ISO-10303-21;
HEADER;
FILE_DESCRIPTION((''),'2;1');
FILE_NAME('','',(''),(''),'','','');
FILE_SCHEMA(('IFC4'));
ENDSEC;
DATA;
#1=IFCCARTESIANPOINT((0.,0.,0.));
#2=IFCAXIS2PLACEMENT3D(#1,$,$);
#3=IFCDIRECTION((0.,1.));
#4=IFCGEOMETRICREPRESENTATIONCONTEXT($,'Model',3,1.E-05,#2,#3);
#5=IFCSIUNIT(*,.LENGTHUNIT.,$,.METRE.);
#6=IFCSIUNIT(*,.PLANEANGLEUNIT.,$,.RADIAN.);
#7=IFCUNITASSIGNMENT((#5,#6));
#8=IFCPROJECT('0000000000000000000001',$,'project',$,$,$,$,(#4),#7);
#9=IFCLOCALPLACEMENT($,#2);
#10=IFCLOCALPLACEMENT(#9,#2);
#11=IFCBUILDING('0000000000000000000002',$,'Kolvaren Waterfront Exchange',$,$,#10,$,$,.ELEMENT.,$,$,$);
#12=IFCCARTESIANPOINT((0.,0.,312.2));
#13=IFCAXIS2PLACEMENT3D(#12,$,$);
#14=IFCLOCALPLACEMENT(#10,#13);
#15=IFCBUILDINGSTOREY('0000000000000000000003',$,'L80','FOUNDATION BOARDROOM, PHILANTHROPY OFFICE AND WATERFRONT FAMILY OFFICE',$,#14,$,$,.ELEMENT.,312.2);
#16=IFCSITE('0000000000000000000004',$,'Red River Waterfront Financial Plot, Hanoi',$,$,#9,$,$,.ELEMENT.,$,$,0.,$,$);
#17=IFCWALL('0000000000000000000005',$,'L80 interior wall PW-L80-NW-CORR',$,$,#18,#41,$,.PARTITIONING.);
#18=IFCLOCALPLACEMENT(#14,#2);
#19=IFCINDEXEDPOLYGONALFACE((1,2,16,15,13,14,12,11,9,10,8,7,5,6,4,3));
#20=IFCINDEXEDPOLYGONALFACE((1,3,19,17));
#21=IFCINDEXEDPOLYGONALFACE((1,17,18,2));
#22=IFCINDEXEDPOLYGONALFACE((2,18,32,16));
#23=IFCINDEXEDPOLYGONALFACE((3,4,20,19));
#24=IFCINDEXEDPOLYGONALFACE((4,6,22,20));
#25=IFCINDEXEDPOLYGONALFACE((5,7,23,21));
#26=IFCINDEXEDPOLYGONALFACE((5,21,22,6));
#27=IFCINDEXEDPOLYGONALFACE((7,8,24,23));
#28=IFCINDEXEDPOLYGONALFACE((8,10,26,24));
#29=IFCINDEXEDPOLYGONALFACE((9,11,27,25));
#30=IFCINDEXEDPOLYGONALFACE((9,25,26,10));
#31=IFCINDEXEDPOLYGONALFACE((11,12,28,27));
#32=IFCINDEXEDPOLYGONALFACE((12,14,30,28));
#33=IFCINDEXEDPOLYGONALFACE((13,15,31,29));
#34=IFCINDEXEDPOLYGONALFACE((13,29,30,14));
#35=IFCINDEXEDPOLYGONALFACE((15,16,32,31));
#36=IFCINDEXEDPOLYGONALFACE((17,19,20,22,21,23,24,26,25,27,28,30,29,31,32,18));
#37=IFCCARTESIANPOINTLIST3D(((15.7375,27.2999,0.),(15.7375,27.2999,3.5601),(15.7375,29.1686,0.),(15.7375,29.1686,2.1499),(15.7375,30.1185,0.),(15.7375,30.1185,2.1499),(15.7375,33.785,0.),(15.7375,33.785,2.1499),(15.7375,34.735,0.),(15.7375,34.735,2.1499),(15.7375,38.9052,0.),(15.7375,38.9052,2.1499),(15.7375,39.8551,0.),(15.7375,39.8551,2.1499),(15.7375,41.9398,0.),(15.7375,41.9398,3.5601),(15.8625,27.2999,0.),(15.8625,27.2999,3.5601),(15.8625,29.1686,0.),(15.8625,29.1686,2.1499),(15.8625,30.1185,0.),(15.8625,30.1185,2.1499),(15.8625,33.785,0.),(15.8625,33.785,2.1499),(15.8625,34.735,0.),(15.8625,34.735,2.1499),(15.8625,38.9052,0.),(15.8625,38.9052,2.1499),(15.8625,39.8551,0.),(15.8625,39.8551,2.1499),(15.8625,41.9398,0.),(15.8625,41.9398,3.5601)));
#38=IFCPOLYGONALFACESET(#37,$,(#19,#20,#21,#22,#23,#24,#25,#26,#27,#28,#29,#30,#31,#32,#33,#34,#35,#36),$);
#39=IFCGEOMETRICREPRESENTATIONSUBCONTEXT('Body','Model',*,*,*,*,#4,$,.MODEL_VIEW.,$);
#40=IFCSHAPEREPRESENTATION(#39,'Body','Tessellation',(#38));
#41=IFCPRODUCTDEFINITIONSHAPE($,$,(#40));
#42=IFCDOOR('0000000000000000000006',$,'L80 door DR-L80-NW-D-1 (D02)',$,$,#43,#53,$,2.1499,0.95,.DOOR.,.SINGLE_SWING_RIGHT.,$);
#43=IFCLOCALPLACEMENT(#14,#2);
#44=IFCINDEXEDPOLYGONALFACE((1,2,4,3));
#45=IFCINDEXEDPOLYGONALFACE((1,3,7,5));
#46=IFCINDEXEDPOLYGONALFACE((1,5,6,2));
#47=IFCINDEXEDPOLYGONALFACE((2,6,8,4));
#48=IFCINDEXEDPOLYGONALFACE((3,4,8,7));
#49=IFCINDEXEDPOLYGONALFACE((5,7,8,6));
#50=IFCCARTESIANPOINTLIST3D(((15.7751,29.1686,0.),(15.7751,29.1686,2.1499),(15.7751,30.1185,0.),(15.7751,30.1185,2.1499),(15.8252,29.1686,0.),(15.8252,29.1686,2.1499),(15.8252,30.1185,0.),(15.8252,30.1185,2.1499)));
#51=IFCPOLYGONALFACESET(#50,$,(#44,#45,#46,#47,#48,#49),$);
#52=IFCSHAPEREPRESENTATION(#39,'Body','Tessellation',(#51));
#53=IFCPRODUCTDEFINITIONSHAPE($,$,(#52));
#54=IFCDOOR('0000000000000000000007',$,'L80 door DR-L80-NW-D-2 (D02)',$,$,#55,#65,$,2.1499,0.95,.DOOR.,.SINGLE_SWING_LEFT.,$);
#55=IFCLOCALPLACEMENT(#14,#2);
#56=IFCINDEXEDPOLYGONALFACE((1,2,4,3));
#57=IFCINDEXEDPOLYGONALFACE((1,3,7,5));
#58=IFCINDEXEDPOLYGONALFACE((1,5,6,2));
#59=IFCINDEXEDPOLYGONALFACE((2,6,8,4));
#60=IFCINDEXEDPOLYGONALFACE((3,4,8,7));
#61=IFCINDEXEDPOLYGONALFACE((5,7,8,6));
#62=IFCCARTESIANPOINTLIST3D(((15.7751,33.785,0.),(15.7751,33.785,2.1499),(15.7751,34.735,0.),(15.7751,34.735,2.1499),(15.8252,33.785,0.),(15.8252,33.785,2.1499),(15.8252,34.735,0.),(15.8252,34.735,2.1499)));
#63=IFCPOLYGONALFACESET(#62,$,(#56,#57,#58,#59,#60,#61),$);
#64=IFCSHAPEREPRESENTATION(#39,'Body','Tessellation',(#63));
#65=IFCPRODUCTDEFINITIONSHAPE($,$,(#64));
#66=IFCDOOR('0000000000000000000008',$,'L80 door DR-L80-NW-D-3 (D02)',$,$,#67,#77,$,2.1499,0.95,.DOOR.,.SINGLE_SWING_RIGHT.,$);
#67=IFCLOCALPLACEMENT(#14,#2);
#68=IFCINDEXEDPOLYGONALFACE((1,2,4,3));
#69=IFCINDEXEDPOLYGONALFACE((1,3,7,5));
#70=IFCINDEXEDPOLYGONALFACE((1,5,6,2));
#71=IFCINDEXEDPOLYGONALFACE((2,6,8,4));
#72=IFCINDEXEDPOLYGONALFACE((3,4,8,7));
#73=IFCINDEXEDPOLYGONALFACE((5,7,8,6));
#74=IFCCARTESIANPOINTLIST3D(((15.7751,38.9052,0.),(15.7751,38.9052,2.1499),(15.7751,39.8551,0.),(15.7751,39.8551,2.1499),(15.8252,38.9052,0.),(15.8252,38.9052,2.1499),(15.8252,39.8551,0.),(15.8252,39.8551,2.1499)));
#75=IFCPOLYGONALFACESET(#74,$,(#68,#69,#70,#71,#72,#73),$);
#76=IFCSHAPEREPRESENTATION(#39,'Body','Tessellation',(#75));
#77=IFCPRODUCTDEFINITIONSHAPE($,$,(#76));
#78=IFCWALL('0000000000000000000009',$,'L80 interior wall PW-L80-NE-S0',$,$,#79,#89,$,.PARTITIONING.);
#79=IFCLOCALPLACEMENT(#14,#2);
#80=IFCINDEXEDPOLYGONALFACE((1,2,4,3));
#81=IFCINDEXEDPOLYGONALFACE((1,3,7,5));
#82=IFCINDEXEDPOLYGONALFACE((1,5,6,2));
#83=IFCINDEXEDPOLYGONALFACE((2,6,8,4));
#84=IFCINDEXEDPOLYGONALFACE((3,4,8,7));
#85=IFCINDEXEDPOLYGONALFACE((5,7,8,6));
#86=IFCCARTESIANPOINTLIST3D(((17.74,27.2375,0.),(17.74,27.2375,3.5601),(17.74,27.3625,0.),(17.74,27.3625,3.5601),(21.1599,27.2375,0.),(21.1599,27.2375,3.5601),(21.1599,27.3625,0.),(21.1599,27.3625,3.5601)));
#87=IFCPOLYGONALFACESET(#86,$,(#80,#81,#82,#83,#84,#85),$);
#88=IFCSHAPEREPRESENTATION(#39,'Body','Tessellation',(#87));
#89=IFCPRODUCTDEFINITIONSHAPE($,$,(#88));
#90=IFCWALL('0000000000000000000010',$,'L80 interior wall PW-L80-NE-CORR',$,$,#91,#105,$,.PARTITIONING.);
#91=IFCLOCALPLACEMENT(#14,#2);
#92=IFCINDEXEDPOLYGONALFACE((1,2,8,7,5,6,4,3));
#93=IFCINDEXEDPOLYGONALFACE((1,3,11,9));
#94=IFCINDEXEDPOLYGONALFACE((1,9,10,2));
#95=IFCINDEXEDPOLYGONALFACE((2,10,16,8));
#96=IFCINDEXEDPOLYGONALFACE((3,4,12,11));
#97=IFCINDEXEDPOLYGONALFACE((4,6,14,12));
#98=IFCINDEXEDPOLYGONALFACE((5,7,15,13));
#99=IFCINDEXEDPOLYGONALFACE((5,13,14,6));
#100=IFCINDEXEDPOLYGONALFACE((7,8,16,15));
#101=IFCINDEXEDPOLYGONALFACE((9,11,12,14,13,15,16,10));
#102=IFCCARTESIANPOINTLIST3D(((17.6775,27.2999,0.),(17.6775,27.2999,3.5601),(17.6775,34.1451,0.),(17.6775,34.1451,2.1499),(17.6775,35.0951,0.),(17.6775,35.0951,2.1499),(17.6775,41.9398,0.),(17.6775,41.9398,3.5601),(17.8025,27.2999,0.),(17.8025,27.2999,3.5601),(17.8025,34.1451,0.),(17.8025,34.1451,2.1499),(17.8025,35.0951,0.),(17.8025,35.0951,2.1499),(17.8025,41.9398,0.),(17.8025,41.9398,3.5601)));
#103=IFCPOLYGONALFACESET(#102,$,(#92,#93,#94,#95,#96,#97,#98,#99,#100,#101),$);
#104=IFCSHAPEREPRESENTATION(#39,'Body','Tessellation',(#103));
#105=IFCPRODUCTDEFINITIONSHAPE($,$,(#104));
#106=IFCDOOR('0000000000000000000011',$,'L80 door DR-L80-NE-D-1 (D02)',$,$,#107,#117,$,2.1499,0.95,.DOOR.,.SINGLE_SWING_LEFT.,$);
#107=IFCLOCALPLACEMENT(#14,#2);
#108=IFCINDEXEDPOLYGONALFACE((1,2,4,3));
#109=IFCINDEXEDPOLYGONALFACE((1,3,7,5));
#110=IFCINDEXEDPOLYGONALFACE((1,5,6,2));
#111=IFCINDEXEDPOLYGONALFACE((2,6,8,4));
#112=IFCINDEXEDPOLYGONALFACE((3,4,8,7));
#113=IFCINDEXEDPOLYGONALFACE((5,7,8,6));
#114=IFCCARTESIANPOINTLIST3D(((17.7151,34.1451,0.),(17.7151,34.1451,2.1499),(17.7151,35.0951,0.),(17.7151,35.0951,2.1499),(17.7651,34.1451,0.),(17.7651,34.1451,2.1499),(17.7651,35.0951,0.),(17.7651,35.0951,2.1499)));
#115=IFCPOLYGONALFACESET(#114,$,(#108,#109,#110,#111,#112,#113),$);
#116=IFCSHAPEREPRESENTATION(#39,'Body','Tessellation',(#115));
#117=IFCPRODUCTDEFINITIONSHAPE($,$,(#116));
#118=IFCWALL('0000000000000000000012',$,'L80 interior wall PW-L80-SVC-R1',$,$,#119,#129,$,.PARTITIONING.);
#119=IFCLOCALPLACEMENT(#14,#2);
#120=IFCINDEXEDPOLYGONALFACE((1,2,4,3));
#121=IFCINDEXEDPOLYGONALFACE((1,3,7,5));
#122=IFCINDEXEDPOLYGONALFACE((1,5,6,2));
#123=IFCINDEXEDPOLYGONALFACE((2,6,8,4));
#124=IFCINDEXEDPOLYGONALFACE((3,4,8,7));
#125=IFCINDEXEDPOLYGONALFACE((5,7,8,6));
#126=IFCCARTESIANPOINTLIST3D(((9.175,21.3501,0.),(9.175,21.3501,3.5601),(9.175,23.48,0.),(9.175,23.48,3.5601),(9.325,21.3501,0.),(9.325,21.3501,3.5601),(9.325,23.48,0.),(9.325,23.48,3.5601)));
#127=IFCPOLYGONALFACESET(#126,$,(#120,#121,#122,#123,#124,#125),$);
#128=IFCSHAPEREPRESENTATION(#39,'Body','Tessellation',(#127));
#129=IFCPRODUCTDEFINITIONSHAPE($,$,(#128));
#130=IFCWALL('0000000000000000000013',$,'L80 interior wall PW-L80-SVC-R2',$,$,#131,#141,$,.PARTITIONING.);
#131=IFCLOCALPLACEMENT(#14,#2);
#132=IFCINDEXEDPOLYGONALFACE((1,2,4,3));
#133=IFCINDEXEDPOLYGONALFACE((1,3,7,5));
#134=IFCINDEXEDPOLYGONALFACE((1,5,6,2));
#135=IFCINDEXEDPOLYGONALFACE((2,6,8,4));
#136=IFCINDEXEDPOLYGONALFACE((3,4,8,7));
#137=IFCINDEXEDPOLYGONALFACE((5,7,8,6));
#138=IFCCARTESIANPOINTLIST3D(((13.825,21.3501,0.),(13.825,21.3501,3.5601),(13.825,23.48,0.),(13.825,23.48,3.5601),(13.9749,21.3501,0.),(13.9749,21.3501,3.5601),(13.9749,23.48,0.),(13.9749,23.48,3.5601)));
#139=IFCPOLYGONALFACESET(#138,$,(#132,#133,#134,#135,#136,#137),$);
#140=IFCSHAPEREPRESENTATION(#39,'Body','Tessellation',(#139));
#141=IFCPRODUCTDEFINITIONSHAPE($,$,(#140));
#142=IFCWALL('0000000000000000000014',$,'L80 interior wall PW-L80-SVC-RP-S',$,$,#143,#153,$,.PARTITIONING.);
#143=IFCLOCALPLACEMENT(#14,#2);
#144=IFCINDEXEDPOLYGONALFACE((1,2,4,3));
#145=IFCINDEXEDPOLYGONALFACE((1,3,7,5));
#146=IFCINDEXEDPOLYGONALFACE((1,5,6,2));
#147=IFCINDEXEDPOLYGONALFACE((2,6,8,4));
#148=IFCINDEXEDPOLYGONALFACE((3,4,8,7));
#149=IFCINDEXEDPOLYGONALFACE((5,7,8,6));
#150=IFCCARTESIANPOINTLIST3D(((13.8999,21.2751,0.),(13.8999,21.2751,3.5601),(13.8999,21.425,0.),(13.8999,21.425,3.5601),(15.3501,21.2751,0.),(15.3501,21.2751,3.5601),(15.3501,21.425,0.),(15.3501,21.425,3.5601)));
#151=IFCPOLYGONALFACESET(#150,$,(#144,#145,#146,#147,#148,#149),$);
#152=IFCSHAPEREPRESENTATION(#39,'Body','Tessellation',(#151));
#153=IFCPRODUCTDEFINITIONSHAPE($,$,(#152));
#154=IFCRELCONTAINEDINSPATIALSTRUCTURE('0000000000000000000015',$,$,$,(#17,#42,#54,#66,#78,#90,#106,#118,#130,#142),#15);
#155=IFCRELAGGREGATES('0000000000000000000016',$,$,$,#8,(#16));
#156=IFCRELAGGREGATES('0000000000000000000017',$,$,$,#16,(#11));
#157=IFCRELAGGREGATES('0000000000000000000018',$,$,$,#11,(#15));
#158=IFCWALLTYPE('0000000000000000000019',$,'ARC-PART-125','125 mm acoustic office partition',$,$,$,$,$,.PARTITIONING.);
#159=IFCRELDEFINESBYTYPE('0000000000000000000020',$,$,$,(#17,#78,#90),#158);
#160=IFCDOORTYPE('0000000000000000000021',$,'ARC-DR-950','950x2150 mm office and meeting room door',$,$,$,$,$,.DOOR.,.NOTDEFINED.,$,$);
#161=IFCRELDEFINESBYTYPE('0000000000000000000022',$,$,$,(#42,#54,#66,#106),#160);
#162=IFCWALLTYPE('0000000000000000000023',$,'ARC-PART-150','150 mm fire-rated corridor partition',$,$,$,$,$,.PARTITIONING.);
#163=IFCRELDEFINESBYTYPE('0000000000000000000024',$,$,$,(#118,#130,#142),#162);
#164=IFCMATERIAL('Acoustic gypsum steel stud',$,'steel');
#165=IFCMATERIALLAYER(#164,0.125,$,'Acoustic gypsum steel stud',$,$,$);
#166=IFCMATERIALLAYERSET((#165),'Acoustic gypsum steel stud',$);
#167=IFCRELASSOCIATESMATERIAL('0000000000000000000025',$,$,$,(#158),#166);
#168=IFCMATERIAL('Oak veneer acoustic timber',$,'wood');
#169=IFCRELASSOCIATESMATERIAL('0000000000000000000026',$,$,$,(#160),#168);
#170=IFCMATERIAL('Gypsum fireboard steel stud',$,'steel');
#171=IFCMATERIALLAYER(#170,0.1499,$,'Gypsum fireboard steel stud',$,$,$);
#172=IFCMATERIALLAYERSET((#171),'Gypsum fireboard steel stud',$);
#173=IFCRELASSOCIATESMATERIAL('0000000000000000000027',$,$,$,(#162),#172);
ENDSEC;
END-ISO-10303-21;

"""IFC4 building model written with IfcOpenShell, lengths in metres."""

from ifc_helpers import new_model, si_unit, direction, frame, frame_2d, origin, place, context, subcontext, project, spatial, rectangle, extrude, material, layer, layer_set, type_object, element, fill, save


model = new_model("IFC4")

# Units and contexts
model_context = context("Model", 3, precision=1e-05, world=origin(), true_north=direction((0.0, 1.0)))
body_context = subcontext(model_context, "Body", "Model", "MODEL_VIEW")
ifc_project = project(units=[si_unit("LENGTHUNIT", "METRE"), si_unit("PLANEANGLEUNIT", "RADIAN")], contexts=[model_context])

# Site, building, storey
site_placement = place(None, origin())
site = spatial("IfcSite", under=ifc_project, at=site_placement, Name="Red River Waterfront Financial Plot, Hanoi", CompositionType="ELEMENT", RefElevation=0.0)
building_placement = place(site_placement, origin())
building = spatial("IfcBuilding", under=site, at=building_placement, Name="Kolvaren Waterfront Exchange", CompositionType="ELEMENT")
storey_placement = place(building_placement, frame((0.0, 0.0, 312.2)))
storey = spatial("IfcBuildingStorey", under=building, at=storey_placement, Name="L80", Description="FOUNDATION BOARDROOM, PHILANTHROPY OFFICE AND WATERFRONT FAMILY OFFICE", CompositionType="ELEMENT", Elevation=312.2)

# Shared definitions
ifc_material_1 = material(Name="Acoustic gypsum steel stud", Category="steel")
ifc_layer_1 = layer(ifc_material_1, 0.125, Name="Acoustic gypsum steel stud")
ifc_layer_set_1 = layer_set([ifc_layer_1], Name="Acoustic gypsum steel stud")
wall_type_1 = type_object("IfcWallType", Name="ARC-PART-125", Description="125 mm acoustic office partition", PredefinedType="PARTITIONING", material=ifc_layer_set_1)

# Wall, openings, doors
wall_1_placement = place(storey_placement, frame((15.8, 27.3, 0.0), z_axis=(0.0, 0.0, 1.0), x_axis=(0.0, 1.0, 0.0)))
wall_1 = element("IfcWall", 1, at=wall_1_placement, inside=storey, type_object=wall_type_1, Name="L80 interior wall PW-L80-NW-CORR", PredefinedType="PARTITIONING", context=body_context, shape_type="SweptSolid", body=[
    extrude(rectangle(XDim=14.6399, YDim=0.125, at=frame_2d((7.3198, 0.0))), origin(), (0.0, 0.0, 1.0), 3.5601),
])
opening_1_placement = place(wall_1_placement, frame((1.8684, 0.0, 0.0)))
opening_1 = element("IfcOpeningElement", 2, at=opening_1_placement, cuts=wall_1, PredefinedType="OPENING", context=body_context, shape_type="SweptSolid", body=[
    extrude(rectangle(XDim=0.95, YDim=2.1499, at=frame_2d((0.4751, 1.075))), frame((0.0, 0.0725, 0.0), z_axis=(0.0, -1.0, 0.0), x_axis=(1.0, 0.0, 0.0)), (0.0, 0.0, 1.0), 0.145),
])
opening_2_placement = place(wall_1_placement, frame((6.4849, 0.0, 0.0)))
opening_2 = element("IfcOpeningElement", 3, at=opening_2_placement, cuts=wall_1, PredefinedType="OPENING", context=body_context, shape_type="SweptSolid", body=[
    extrude(rectangle(XDim=0.95, YDim=2.1499, at=frame_2d((0.4751, 1.075))), frame((0.0, 0.0725, 0.0), z_axis=(0.0, -1.0, 0.0), x_axis=(1.0, 0.0, 0.0)), (0.0, 0.0, 1.0), 0.145),
])
opening_3_placement = place(wall_1_placement, frame((11.605, 0.0, 0.0)))
opening_3 = element("IfcOpeningElement", 4, at=opening_3_placement, cuts=wall_1, PredefinedType="OPENING", context=body_context, shape_type="SweptSolid", body=[
    extrude(rectangle(XDim=0.95, YDim=2.1499, at=frame_2d((0.4751, 1.075))), frame((0.0, 0.0725, 0.0), z_axis=(0.0, -1.0, 0.0), x_axis=(1.0, 0.0, 0.0)), (0.0, 0.0, 1.0), 0.145),
])
ifc_material_2 = material(Name="Oak veneer acoustic timber", Category="wood")
door_type_1 = type_object("IfcDoorType", Name="ARC-DR-950", Description="950x2150 mm office and meeting room door", OperationType="NOTDEFINED", PredefinedType="DOOR", material=ifc_material_2)
door_1_placement = place(opening_1_placement, origin())
door_1 = element("IfcDoor", 5, at=door_1_placement, inside=storey, type_object=door_type_1, Name="L80 door DR-L80-NW-D-1 (D02)", OperationType="SINGLE_SWING_RIGHT", OverallHeight=2.1499, OverallWidth=0.95, PredefinedType="DOOR", context=body_context, shape_type="SweptSolid", body=[
    extrude(rectangle(XDim=0.95, YDim=2.1499, at=frame_2d((0.4751, 1.075))), frame((0.0, 0.0249, 0.0), z_axis=(0.0, -1.0, 0.0), x_axis=(1.0, 0.0, 0.0)), (0.0, 0.0, 1.0), 0.05),
])
fill(opening_1, door_1)
door_2_placement = place(opening_2_placement, origin())
door_2 = element("IfcDoor", 6, at=door_2_placement, inside=storey, type_object=door_type_1, Name="L80 door DR-L80-NW-D-2 (D02)", OperationType="SINGLE_SWING_LEFT", OverallHeight=2.1499, OverallWidth=0.95, PredefinedType="DOOR", context=body_context, shape_type="SweptSolid", body=[
    extrude(rectangle(XDim=0.95, YDim=2.1499, at=frame_2d((0.4751, 1.075))), frame((0.0, 0.0249, 0.0), z_axis=(0.0, -1.0, 0.0), x_axis=(1.0, 0.0, 0.0)), (0.0, 0.0, 1.0), 0.05),
])
fill(opening_2, door_2)
door_3_placement = place(opening_3_placement, origin())
door_3 = element("IfcDoor", 7, at=door_3_placement, inside=storey, type_object=door_type_1, Name="L80 door DR-L80-NW-D-3 (D02)", OperationType="SINGLE_SWING_RIGHT", OverallHeight=2.1499, OverallWidth=0.95, PredefinedType="DOOR", context=body_context, shape_type="SweptSolid", body=[
    extrude(rectangle(XDim=0.95, YDim=2.1499, at=frame_2d((0.4751, 1.075))), frame((0.0, 0.0249, 0.0), z_axis=(0.0, -1.0, 0.0), x_axis=(1.0, 0.0, 0.0)), (0.0, 0.0, 1.0), 0.05),
])
fill(opening_3, door_3)

# Wall
wall_2_placement = place(storey_placement, frame((17.74, 27.3, 0.0), z_axis=(0.0, 0.0, 1.0), x_axis=(1.0, 0.0, 0.0)))
element("IfcWall", 8, at=wall_2_placement, inside=storey, type_object=wall_type_1, Name="L80 interior wall PW-L80-NE-S0", PredefinedType="PARTITIONING", context=body_context, shape_type="SweptSolid", body=[
    extrude(rectangle(XDim=3.4199, YDim=0.125, at=frame_2d((1.71, 0.0))), origin(), (0.0, 0.0, 1.0), 3.5601),
])

# Wall, opening, door
wall_3_placement = place(storey_placement, frame((17.74, 27.3, 0.0), z_axis=(0.0, 0.0, 1.0), x_axis=(0.0, 1.0, 0.0)))
wall_3 = element("IfcWall", 9, at=wall_3_placement, inside=storey, type_object=wall_type_1, Name="L80 interior wall PW-L80-NE-CORR", PredefinedType="PARTITIONING", context=body_context, shape_type="SweptSolid", body=[
    extrude(rectangle(XDim=14.6399, YDim=0.125, at=frame_2d((7.3198, 0.0))), origin(), (0.0, 0.0, 1.0), 3.5601),
])
opening_4_placement = place(wall_3_placement, frame((6.845, 0.0, 0.0)))
opening_4 = element("IfcOpeningElement", 10, at=opening_4_placement, cuts=wall_3, PredefinedType="OPENING", context=body_context, shape_type="SweptSolid", body=[
    extrude(rectangle(XDim=0.95, YDim=2.1499, at=frame_2d((0.4751, 1.075))), frame((0.0, 0.0725, 0.0), z_axis=(0.0, -1.0, 0.0), x_axis=(1.0, 0.0, 0.0)), (0.0, 0.0, 1.0), 0.145),
])
door_4_placement = place(opening_4_placement, origin())
door_4 = element("IfcDoor", 11, at=door_4_placement, inside=storey, type_object=door_type_1, Name="L80 door DR-L80-NE-D-1 (D02)", OperationType="SINGLE_SWING_LEFT", OverallHeight=2.1499, OverallWidth=0.95, PredefinedType="DOOR", context=body_context, shape_type="SweptSolid", body=[
    extrude(rectangle(XDim=0.95, YDim=2.1499, at=frame_2d((0.4751, 1.075))), frame((0.0, 0.0249, 0.0), z_axis=(0.0, -1.0, 0.0), x_axis=(1.0, 0.0, 0.0)), (0.0, 0.0, 1.0), 0.05),
])
fill(opening_4, door_4)

# Walls
ifc_material_3 = material(Name="Gypsum fireboard steel stud", Category="steel")
ifc_layer_2 = layer(ifc_material_3, 0.1499, Name="Gypsum fireboard steel stud")
ifc_layer_set_2 = layer_set([ifc_layer_2], Name="Gypsum fireboard steel stud")
wall_type_2 = type_object("IfcWallType", Name="ARC-PART-150", Description="150 mm fire-rated corridor partition", PredefinedType="PARTITIONING", material=ifc_layer_set_2)
for number, where, z_axis, x_axis, name in (
    (12, (9.25, 21.3501, 0.0), (0.0, 0.0, 1.0), (0.0, 1.0, 0.0), "L80 interior wall PW-L80-SVC-R1"),
    (13, (13.8999, 21.3501, 0.0), (0.0, 0.0, 1.0), (0.0, 1.0, 0.0), "L80 interior wall PW-L80-SVC-R2"),
):
    element("IfcWall", number, at=place(storey_placement, frame(where, z_axis=z_axis, x_axis=x_axis)), inside=storey, type_object=wall_type_2, Name=name, PredefinedType="PARTITIONING", context=body_context, shape_type="SweptSolid", body=[
        extrude(rectangle(XDim=2.1299, YDim=0.1499, at=frame_2d((1.0649, 0.0))), origin(), (0.0, 0.0, 1.0), 3.5601),
    ])
wall_4_placement = place(storey_placement, frame((13.8999, 21.3501, 0.0), z_axis=(0.0, 0.0, 1.0), x_axis=(1.0, 0.0, 0.0)))
element("IfcWall", 14, at=wall_4_placement, inside=storey, type_object=wall_type_2, Name="L80 interior wall PW-L80-SVC-RP-S", PredefinedType="PARTITIONING", context=body_context, shape_type="SweptSolid", body=[
    extrude(rectangle(XDim=1.4502, YDim=0.1499, at=frame_2d((0.7251, 0.0))), origin(), (0.0, 0.0, 1.0), 3.5601),
])

save(model, "model.ifc")
